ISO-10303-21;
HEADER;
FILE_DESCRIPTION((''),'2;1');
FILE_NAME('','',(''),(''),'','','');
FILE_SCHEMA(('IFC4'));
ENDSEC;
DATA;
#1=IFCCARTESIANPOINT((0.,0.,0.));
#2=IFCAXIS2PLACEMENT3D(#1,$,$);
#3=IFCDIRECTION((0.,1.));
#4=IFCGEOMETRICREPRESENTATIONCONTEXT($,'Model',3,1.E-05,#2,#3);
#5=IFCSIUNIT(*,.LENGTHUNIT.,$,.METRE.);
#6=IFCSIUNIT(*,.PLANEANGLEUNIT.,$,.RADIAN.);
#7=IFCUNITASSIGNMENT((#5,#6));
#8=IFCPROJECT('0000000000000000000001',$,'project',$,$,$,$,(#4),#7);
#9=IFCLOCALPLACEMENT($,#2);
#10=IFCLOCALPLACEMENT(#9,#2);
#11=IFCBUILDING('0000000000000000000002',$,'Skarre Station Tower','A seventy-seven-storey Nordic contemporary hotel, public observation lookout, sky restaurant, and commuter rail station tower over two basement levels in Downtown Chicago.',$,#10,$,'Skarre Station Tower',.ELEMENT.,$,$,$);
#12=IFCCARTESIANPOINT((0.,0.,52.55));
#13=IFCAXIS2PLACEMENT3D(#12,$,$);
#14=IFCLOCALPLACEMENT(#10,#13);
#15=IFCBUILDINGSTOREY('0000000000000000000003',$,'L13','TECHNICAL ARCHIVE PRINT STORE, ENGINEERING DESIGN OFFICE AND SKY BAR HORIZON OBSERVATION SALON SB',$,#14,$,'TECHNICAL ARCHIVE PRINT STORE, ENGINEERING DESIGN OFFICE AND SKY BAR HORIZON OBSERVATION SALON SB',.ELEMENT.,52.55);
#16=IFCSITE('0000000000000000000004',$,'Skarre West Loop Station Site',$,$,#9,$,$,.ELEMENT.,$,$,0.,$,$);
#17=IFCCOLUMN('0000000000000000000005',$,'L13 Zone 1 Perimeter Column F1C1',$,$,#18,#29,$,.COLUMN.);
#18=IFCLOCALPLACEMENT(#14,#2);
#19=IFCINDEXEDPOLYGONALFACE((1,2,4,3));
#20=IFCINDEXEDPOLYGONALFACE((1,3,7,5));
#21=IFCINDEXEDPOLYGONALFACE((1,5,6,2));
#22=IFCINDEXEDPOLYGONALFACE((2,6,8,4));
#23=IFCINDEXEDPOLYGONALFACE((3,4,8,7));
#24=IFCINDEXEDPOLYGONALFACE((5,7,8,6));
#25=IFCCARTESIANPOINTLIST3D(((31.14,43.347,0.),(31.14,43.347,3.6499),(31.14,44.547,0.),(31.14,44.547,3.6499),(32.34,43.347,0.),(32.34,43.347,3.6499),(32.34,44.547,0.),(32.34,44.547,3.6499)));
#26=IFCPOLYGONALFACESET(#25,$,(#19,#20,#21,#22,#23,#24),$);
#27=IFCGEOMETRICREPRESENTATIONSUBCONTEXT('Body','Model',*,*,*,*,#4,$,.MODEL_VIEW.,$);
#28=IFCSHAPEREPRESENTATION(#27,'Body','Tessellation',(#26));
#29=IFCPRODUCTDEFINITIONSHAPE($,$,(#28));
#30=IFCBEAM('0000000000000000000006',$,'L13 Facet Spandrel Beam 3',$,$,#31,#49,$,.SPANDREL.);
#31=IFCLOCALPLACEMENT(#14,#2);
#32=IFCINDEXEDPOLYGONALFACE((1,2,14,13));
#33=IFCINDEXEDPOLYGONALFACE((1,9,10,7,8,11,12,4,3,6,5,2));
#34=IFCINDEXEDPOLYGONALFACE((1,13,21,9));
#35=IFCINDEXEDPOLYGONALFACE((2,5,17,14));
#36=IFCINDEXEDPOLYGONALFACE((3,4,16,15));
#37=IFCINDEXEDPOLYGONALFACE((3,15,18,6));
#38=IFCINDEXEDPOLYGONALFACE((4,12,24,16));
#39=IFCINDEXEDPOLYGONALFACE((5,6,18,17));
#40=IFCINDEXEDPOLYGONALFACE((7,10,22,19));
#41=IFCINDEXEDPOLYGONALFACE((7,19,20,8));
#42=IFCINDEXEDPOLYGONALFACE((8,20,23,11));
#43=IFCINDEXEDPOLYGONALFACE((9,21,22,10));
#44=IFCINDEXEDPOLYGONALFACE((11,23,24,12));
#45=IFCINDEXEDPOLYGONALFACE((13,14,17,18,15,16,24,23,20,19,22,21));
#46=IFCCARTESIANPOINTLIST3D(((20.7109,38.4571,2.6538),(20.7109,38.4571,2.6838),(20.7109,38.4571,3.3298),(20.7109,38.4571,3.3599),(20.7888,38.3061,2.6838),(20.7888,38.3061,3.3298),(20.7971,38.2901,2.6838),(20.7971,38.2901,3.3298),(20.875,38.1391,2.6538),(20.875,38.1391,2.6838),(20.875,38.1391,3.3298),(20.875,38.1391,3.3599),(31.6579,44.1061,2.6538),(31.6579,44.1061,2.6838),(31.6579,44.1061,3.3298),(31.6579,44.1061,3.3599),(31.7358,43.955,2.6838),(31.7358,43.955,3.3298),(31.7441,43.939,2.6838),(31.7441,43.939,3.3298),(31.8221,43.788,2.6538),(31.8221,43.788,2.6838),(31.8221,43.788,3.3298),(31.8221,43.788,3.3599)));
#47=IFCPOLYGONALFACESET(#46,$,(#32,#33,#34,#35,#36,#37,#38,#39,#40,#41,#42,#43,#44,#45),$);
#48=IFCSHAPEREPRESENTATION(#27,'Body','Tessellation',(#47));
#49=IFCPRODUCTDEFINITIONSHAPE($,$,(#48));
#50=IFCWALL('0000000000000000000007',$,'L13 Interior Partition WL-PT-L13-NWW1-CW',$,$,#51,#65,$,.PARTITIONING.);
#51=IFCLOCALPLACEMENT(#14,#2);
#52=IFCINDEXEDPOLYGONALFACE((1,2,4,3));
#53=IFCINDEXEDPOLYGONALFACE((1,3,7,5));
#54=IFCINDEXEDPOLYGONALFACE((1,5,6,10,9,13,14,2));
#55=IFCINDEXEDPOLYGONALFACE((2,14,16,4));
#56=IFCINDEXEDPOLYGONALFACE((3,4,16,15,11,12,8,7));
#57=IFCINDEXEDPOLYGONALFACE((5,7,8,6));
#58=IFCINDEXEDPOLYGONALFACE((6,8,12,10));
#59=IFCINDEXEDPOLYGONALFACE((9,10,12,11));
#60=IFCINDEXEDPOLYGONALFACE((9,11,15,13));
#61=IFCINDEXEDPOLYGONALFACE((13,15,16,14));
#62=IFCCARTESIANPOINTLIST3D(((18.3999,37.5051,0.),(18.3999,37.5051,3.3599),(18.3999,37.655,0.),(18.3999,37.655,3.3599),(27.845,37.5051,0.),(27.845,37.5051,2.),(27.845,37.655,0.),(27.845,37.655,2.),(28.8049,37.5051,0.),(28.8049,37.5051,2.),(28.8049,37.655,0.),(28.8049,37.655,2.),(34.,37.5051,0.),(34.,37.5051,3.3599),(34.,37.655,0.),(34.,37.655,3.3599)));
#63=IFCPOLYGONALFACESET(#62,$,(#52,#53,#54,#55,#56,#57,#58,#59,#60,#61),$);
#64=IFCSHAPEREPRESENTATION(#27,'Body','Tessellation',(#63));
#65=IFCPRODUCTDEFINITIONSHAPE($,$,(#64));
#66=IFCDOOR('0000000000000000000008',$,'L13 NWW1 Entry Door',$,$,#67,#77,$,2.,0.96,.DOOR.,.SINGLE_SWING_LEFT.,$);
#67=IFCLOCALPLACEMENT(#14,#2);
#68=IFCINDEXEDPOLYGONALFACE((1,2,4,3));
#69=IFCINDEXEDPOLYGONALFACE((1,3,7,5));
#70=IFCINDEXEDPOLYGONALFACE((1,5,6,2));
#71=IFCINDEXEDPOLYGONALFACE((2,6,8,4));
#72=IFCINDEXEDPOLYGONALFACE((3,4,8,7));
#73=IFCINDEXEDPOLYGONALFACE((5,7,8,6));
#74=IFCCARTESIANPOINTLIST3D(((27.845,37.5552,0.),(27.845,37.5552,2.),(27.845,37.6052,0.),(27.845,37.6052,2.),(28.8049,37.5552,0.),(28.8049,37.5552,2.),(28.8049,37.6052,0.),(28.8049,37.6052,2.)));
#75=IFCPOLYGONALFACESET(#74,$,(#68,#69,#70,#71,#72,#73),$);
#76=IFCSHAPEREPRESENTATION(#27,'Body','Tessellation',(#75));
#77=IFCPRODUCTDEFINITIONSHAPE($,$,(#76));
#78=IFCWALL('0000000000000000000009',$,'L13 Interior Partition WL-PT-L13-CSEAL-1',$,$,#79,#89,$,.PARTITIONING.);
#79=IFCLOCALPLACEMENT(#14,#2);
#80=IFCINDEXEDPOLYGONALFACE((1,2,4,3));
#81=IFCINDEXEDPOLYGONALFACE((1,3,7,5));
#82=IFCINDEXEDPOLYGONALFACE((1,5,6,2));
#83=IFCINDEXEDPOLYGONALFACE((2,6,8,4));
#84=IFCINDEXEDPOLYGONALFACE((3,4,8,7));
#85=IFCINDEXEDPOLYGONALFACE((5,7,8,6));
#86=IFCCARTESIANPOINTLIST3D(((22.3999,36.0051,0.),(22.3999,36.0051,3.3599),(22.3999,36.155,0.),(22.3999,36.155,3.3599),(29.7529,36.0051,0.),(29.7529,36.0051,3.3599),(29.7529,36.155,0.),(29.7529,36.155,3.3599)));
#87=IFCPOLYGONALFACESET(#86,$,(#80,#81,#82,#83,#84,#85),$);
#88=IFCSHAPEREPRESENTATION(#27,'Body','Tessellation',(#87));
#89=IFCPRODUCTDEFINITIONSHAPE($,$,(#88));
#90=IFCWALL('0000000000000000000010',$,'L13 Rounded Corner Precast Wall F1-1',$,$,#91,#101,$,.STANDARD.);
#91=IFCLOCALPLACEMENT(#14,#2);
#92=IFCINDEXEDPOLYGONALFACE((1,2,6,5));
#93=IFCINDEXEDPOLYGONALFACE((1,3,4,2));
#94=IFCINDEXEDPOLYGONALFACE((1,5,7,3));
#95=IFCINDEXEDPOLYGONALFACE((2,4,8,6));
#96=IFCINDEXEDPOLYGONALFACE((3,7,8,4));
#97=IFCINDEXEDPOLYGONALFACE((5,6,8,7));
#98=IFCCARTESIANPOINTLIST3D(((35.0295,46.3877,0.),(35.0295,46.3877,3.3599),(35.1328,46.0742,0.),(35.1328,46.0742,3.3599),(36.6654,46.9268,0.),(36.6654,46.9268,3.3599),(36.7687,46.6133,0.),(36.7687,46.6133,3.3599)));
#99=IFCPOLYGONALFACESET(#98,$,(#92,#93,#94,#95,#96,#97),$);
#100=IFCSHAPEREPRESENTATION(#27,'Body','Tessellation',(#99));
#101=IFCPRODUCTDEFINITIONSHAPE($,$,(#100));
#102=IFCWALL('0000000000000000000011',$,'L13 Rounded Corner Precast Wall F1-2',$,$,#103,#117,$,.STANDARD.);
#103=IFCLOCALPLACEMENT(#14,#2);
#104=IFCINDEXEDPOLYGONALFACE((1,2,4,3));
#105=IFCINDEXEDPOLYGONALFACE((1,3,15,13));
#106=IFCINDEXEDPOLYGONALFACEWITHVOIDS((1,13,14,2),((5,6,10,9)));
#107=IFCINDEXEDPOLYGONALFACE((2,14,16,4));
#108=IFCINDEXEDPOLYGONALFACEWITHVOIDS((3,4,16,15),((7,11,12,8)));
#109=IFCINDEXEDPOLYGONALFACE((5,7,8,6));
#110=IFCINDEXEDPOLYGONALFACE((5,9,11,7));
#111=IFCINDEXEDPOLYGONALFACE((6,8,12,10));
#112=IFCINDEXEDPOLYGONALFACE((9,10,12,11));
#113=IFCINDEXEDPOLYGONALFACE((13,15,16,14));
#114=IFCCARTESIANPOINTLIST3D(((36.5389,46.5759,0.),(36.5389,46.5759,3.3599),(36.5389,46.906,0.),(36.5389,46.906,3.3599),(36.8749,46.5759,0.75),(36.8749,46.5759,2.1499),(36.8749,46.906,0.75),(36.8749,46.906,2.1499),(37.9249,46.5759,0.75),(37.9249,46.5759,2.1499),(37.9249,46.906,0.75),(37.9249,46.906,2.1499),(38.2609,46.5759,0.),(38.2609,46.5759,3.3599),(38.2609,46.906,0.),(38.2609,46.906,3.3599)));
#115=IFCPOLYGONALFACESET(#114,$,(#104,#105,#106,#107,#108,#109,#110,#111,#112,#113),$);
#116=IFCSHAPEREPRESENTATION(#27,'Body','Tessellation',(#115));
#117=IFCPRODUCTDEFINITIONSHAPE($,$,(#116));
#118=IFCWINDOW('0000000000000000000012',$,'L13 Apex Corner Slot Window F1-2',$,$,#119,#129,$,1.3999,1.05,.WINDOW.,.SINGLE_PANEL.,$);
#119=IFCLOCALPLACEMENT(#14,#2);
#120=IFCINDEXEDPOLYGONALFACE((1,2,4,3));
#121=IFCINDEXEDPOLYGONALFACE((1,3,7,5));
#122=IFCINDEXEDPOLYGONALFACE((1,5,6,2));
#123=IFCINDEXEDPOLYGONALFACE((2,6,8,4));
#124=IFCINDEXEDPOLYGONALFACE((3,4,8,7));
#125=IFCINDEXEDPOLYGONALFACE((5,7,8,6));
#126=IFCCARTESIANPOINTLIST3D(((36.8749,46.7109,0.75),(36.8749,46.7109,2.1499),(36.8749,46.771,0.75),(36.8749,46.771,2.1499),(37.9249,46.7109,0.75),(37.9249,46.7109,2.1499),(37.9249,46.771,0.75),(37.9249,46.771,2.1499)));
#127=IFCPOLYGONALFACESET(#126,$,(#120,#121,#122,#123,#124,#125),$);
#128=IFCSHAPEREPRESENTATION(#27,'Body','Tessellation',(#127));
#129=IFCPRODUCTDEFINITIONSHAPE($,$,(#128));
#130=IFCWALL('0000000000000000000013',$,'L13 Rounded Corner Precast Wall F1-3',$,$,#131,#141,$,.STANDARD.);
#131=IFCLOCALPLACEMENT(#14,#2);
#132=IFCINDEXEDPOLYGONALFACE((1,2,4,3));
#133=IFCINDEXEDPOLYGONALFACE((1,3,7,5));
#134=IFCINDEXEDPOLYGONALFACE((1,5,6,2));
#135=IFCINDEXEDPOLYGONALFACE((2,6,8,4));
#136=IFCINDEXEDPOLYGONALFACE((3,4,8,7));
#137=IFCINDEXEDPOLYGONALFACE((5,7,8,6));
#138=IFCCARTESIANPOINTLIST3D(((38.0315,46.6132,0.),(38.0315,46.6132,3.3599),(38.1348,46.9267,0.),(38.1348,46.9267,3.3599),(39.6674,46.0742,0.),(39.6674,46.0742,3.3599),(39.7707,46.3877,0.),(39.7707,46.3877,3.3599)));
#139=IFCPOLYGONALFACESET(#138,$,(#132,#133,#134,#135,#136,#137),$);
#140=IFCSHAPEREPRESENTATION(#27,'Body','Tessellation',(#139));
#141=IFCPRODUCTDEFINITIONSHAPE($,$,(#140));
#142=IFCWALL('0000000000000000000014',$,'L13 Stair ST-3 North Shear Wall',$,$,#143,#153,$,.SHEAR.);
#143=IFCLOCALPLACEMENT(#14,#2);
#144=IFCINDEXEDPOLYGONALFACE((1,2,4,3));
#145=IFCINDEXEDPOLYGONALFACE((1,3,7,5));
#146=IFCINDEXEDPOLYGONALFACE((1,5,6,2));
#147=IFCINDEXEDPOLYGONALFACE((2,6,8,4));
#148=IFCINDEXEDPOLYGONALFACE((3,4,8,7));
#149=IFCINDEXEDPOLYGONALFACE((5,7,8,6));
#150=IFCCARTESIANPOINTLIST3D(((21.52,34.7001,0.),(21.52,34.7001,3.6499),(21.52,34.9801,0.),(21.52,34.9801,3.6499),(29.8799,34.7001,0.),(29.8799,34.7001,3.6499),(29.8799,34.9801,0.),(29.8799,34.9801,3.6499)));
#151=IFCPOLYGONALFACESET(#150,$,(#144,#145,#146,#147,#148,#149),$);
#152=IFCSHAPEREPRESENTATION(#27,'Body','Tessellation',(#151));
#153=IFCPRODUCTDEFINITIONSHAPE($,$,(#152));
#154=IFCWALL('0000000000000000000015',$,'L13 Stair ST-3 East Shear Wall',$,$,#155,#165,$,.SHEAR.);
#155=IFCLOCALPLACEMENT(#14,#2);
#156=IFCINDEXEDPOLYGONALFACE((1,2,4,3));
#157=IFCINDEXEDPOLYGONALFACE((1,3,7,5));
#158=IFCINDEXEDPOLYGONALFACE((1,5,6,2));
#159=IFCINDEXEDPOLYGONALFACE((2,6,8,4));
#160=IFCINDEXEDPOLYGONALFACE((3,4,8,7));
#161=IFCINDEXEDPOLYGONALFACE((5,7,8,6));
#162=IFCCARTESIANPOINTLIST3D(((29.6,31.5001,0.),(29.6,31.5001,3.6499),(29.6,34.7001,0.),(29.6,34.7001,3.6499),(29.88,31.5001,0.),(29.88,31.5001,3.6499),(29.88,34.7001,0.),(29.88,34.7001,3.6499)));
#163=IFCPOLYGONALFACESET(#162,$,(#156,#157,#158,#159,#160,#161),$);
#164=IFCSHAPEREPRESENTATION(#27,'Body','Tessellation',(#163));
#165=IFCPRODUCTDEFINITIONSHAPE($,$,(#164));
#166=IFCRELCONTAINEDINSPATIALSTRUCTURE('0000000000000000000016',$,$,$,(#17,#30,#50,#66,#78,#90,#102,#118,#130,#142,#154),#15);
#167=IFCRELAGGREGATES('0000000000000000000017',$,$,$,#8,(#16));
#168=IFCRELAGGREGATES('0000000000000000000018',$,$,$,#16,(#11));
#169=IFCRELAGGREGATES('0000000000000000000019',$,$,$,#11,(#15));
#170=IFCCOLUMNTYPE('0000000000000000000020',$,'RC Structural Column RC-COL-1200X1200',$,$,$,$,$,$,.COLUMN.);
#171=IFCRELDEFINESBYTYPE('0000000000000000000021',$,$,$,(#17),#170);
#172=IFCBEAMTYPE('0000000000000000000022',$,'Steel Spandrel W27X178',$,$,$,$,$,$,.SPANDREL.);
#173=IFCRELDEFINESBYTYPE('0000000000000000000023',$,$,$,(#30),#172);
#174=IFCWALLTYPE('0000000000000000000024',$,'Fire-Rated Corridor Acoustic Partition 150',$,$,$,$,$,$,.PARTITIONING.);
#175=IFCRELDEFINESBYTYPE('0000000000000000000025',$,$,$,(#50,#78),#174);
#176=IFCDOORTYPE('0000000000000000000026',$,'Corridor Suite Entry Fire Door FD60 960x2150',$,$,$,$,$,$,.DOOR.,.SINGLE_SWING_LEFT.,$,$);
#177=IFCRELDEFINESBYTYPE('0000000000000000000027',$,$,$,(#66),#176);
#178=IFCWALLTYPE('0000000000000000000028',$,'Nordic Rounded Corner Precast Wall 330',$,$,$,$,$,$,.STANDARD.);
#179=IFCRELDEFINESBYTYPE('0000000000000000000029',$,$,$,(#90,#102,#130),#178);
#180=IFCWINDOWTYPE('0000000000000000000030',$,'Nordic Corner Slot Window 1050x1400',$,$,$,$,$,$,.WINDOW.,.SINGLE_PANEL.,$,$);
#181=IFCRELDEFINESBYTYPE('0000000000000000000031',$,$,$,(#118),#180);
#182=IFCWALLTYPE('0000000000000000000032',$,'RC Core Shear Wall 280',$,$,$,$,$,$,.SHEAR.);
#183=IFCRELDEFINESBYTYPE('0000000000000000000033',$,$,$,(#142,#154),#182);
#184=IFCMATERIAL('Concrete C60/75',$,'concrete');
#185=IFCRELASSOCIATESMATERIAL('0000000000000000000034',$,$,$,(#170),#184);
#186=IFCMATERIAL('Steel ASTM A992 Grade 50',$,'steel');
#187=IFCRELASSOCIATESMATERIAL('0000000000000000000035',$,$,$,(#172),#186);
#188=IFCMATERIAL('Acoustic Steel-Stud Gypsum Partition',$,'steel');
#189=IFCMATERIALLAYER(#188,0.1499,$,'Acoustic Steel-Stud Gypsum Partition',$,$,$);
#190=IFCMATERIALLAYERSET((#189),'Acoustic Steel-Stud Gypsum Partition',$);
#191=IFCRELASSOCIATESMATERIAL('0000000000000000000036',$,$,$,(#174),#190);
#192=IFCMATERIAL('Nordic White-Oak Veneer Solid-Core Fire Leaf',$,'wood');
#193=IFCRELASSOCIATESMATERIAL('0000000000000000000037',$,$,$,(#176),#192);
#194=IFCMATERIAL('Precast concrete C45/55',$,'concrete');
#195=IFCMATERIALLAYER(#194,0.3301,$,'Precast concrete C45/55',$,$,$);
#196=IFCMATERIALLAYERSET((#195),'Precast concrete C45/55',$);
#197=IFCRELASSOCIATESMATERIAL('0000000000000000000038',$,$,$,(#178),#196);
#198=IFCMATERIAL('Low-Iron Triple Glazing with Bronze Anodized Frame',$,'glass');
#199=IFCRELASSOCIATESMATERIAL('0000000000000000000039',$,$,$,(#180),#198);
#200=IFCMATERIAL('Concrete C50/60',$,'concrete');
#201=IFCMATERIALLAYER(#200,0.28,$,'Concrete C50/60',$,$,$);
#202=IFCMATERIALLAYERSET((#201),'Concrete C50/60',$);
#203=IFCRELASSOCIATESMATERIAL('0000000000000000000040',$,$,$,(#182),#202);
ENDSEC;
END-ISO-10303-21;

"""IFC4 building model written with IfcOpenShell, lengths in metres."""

from ifc_helpers import new_model, si_unit, direction, frame, frame_2d, origin, origin_2d, place, context, subcontext, project, spatial, rectangle, i_section, extrude, material, layer, layer_set, material_profile, profile_set, type_object, element, fill, save


model = new_model("IFC4")

# Units and contexts
model_context = context("Model", 3, precision=1e-05, world=origin(), true_north=direction((0.0, 1.0)))
body_context = subcontext(model_context, "Body", "Model", "MODEL_VIEW")
ifc_project = project(units=[si_unit("LENGTHUNIT", "METRE"), si_unit("PLANEANGLEUNIT", "RADIAN")], contexts=[model_context])

# Site, building, storey
site_placement = place(None, origin())
site = spatial("IfcSite", under=ifc_project, at=site_placement, Name="Skarre West Loop Station Site", CompositionType="ELEMENT", RefElevation=0.0)
building_placement = place(site_placement, origin())
building = spatial("IfcBuilding", under=site, at=building_placement, Name="Skarre Station Tower", Description="A seventy-seven-storey Nordic contemporary hotel, public observation lookout, sky restaurant, and commuter rail station tower over two basement levels in Downtown Chicago.", LongName="Skarre Station Tower", CompositionType="ELEMENT")
storey_placement = place(building_placement, frame((0.0, 0.0, 52.55)))
storey = spatial("IfcBuildingStorey", under=building, at=storey_placement, Name="L13", Description="TECHNICAL ARCHIVE PRINT STORE, ENGINEERING DESIGN OFFICE AND SKY BAR HORIZON OBSERVATION SALON SB", LongName="TECHNICAL ARCHIVE PRINT STORE, ENGINEERING DESIGN OFFICE AND SKY BAR HORIZON OBSERVATION SALON SB", CompositionType="ELEMENT", Elevation=52.55)

# Column
ifc_material_1 = material(Name="Concrete C60/75", Category="concrete")
ifc_material_profile_1 = material_profile(ifc_material_1, rectangle(XDim=1.2, YDim=1.2, at=origin_2d()), Name="Concrete C60/75")
ifc_profile_set_1 = profile_set([ifc_material_profile_1], Name="Concrete C60/75")
column_type = type_object("IfcColumnType", Name="RC Structural Column RC-COL-1200X1200", PredefinedType="COLUMN", material=ifc_profile_set_1)
column_placement = place(storey_placement, frame((31.74, 43.947, 0.0), z_axis=(0.0, 0.0, 1.0), x_axis=(1.0, 0.0, 0.0)))
element("IfcColumn", 1, at=column_placement, inside=storey, type_object=column_type, Name="L13 Zone 1 Perimeter Column F1C1", PredefinedType="COLUMN", context=body_context, shape_type="SweptSolid", body=[
    extrude(rectangle(XDim=1.2, YDim=1.2, at=origin_2d()), origin(), (0.0, 0.0, 1.0), 3.6499),
])

# Beam
ifc_material_2 = material(Name="Steel ASTM A992 Grade 50", Category="steel")
ifc_material_profile_2 = material_profile(ifc_material_2, i_section(OverallWidth=0.3579, OverallDepth=0.7061, WebThickness=0.0181, FlangeThickness=0.03, at=origin_2d()), Name="Steel ASTM A992 Grade 50")
ifc_profile_set_2 = profile_set([ifc_material_profile_2], Name="Steel ASTM A992 Grade 50")
beam_type = type_object("IfcBeamType", Name="Steel Spandrel W27X178", PredefinedType="SPANDREL", material=ifc_profile_set_2)
beam_placement = place(storey_placement, frame((31.74, 43.947, 3.0068), z_axis=(-0.888659, -0.458569, 0.0), x_axis=(0.458569, -0.888659, 0.0)))
element("IfcBeam", 2, at=beam_placement, inside=storey, type_object=beam_type, Name="L13 Facet Spandrel Beam 3", PredefinedType="SPANDREL", context=body_context, shape_type="SweptSolid", body=[
    extrude(i_section(OverallWidth=0.3579, OverallDepth=0.7061, WebThickness=0.0181, FlangeThickness=0.03, at=origin_2d()), origin(), (0.0, 0.0, 1.0), 12.3186),
])

# Wall, opening, door
ifc_material_3 = material(Name="Acoustic Steel-Stud Gypsum Partition", Category="steel")
ifc_layer_1 = layer(ifc_material_3, 0.1499, Name="Acoustic Steel-Stud Gypsum Partition")
ifc_layer_set_1 = layer_set([ifc_layer_1], Name="Acoustic Steel-Stud Gypsum Partition")
wall_type_1 = type_object("IfcWallType", Name="Fire-Rated Corridor Acoustic Partition 150", PredefinedType="PARTITIONING", material=ifc_layer_set_1)
wall_1_placement = place(storey_placement, frame((34.0, 37.5801, 0.0), z_axis=(0.0, 0.0, 1.0), x_axis=(-1.0, 0.0, 0.0)))
wall_1 = element("IfcWall", 3, at=wall_1_placement, inside=storey, type_object=wall_type_1, Name="L13 Interior Partition WL-PT-L13-NWW1-CW", PredefinedType="PARTITIONING", context=body_context, shape_type="SweptSolid", body=[
    extrude(rectangle(XDim=15.6001, YDim=0.1499, at=frame_2d((7.8, 0.0))), origin(), (0.0, 0.0, 1.0), 3.3599),
])
opening_1_placement = place(wall_1_placement, frame((5.1951, 0.0, 0.0)))
opening_1 = element("IfcOpeningElement", 4, at=opening_1_placement, cuts=wall_1, PredefinedType="OPENING", context=body_context, shape_type="SweptSolid", body=[
    extrude(rectangle(XDim=0.96, YDim=2.0, at=frame_2d((0.48, 1.0))), frame((0.0, 0.085, 0.0), z_axis=(0.0, -1.0, 0.0), x_axis=(1.0, 0.0, 0.0)), (0.0, 0.0, 1.0), 0.1699),
])
ifc_material_4 = material(Name="Nordic White-Oak Veneer Solid-Core Fire Leaf", Category="wood")
door_type = type_object("IfcDoorType", Name="Corridor Suite Entry Fire Door FD60 960x2150", OperationType="SINGLE_SWING_LEFT", PredefinedType="DOOR", material=ifc_material_4)
door_placement = place(opening_1_placement, origin())
door = element("IfcDoor", 5, at=door_placement, inside=storey, type_object=door_type, Name="L13 NWW1 Entry Door", OperationType="SINGLE_SWING_LEFT", OverallHeight=2.0, OverallWidth=0.96, PredefinedType="DOOR", context=body_context, shape_type="SweptSolid", body=[
    extrude(rectangle(XDim=0.96, YDim=2.0, at=frame_2d((0.48, 1.0))), frame((0.0, 0.0249, 0.0), z_axis=(0.0, -1.0, 0.0), x_axis=(1.0, 0.0, 0.0)), (0.0, 0.0, 1.0), 0.05),
])
fill(opening_1, door)

# Walls
wall_2_placement = place(storey_placement, frame((29.7529, 36.0801, 0.0), z_axis=(0.0, 0.0, 1.0), x_axis=(-1.0, 0.0, 0.0)))
element("IfcWall", 6, at=wall_2_placement, inside=storey, type_object=wall_type_1, Name="L13 Interior Partition WL-PT-L13-CSEAL-1", PredefinedType="PARTITIONING", context=body_context, shape_type="SweptSolid", body=[
    extrude(rectangle(XDim=7.353, YDim=0.1499, at=frame_2d((3.6765, 0.0))), origin(), (0.0, 0.0, 1.0), 3.3599),
])
ifc_material_5 = material(Name="Precast concrete C45/55", Category="concrete")
ifc_layer_2 = layer(ifc_material_5, 0.3301, Name="Precast concrete C45/55")
ifc_layer_set_2 = layer_set([ifc_layer_2], Name="Precast concrete C45/55")
wall_type_2 = type_object("IfcWallType", Name="Nordic Rounded Corner Precast Wall 330", PredefinedType="STANDARD", material=ifc_layer_set_2)
wall_3_placement = place(storey_placement, frame((35.0811, 46.231, 0.0), z_axis=(0.0, 0.0, 1.0), x_axis=(0.949769, 0.312952, 0.0)))
element("IfcWall", 7, at=wall_3_placement, inside=storey, type_object=wall_type_2, Name="L13 Rounded Corner Precast Wall F1-1", PredefinedType="STANDARD", context=body_context, shape_type="SweptSolid", body=[
    extrude(rectangle(XDim=1.7224, YDim=0.3301, at=frame_2d((0.8613, 0.0))), origin(), (0.0, 0.0, 1.0), 3.3599),
])

# Wall, opening, window
wall_4_placement = place(storey_placement, frame((36.5391, 46.741, 0.0), z_axis=(0.0, 0.0, 1.0), x_axis=(1.0, 0.0, 0.0)))
wall_4 = element("IfcWall", 8, at=wall_4_placement, inside=storey, type_object=wall_type_2, Name="L13 Rounded Corner Precast Wall F1-2", PredefinedType="STANDARD", context=body_context, shape_type="SweptSolid", body=[
    extrude(rectangle(XDim=1.7219, YDim=0.3301, at=frame_2d((0.8608, 0.0))), origin(), (0.0, 0.0, 1.0), 3.3599),
])
opening_2_placement = place(wall_4_placement, frame((0.3359, 0.0, 0.75)))
opening_2 = element("IfcOpeningElement", 9, at=opening_2_placement, cuts=wall_4, PredefinedType="OPENING", context=body_context, shape_type="SweptSolid", body=[
    extrude(rectangle(XDim=1.05, YDim=1.3999, at=frame_2d((0.5249, 0.7))), frame((0.0, 0.175, 0.0), z_axis=(0.0, -1.0, 0.0), x_axis=(1.0, 0.0, 0.0)), (0.0, 0.0, 1.0), 0.3501),
])
ifc_material_6 = material(Name="Low-Iron Triple Glazing with Bronze Anodized Frame", Category="glass")
window_type = type_object("IfcWindowType", Name="Nordic Corner Slot Window 1050x1400", PartitioningType="SINGLE_PANEL", PredefinedType="WINDOW", material=ifc_material_6)
window_placement = place(opening_2_placement, origin())
window = element("IfcWindow", 10, at=window_placement, inside=storey, type_object=window_type, Name="L13 Apex Corner Slot Window F1-2", OverallHeight=1.3999, OverallWidth=1.05, PartitioningType="SINGLE_PANEL", PredefinedType="WINDOW", context=body_context, shape_type="SweptSolid", body=[
    extrude(rectangle(XDim=1.05, YDim=1.3999, at=frame_2d((0.5249, 0.7))), frame((0.0, 0.03, 0.0), z_axis=(0.0, -1.0, 0.0), x_axis=(1.0, 0.0, 0.0)), (0.0, 0.0, 1.0), 0.0601),
])
fill(opening_2, window)

# Walls
wall_5_placement = place(storey_placement, frame((38.083, 46.77, 0.0), z_axis=(0.0, 0.0, 1.0), x_axis=(0.949769, -0.312952, 0.0)))
element("IfcWall", 11, at=wall_5_placement, inside=storey, type_object=wall_type_2, Name="L13 Rounded Corner Precast Wall F1-3", PredefinedType="STANDARD", context=body_context, shape_type="SweptSolid", body=[
    extrude(rectangle(XDim=1.7224, YDim=0.3301, at=frame_2d((0.8613, 0.0))), origin(), (0.0, 0.0, 1.0), 3.3599),
])
ifc_material_7 = material(Name="Concrete C50/60", Category="concrete")
ifc_layer_3 = layer(ifc_material_7, 0.28, Name="Concrete C50/60")
ifc_layer_set_3 = layer_set([ifc_layer_3], Name="Concrete C50/60")
wall_type_3 = type_object("IfcWallType", Name="RC Core Shear Wall 280", PredefinedType="SHEAR", material=ifc_layer_set_3)
wall_6_placement = place(storey_placement, frame((29.8799, 34.8401, 0.0), z_axis=(0.0, 0.0, 1.0), x_axis=(-1.0, 0.0, 0.0)))
element("IfcWall", 12, at=wall_6_placement, inside=storey, type_object=wall_type_3, Name="L13 Stair ST-3 North Shear Wall", PredefinedType="SHEAR", context=body_context, shape_type="SweptSolid", body=[
    extrude(rectangle(XDim=8.3599, YDim=0.28, at=frame_2d((4.1799, 0.0))), origin(), (0.0, 0.0, 1.0), 3.6499),
])
wall_7_placement = place(storey_placement, frame((29.74, 31.5, 0.0), z_axis=(0.0, 0.0, 1.0), x_axis=(0.0, 1.0, 0.0)))
element("IfcWall", 13, at=wall_7_placement, inside=storey, type_object=wall_type_3, Name="L13 Stair ST-3 East Shear Wall", PredefinedType="SHEAR", context=body_context, shape_type="SweptSolid", body=[
    extrude(rectangle(XDim=3.2, YDim=0.28, at=frame_2d((1.6001, 0.0))), origin(), (0.0, 0.0, 1.0), 3.6499),
])

save(model, "model.ifc")
